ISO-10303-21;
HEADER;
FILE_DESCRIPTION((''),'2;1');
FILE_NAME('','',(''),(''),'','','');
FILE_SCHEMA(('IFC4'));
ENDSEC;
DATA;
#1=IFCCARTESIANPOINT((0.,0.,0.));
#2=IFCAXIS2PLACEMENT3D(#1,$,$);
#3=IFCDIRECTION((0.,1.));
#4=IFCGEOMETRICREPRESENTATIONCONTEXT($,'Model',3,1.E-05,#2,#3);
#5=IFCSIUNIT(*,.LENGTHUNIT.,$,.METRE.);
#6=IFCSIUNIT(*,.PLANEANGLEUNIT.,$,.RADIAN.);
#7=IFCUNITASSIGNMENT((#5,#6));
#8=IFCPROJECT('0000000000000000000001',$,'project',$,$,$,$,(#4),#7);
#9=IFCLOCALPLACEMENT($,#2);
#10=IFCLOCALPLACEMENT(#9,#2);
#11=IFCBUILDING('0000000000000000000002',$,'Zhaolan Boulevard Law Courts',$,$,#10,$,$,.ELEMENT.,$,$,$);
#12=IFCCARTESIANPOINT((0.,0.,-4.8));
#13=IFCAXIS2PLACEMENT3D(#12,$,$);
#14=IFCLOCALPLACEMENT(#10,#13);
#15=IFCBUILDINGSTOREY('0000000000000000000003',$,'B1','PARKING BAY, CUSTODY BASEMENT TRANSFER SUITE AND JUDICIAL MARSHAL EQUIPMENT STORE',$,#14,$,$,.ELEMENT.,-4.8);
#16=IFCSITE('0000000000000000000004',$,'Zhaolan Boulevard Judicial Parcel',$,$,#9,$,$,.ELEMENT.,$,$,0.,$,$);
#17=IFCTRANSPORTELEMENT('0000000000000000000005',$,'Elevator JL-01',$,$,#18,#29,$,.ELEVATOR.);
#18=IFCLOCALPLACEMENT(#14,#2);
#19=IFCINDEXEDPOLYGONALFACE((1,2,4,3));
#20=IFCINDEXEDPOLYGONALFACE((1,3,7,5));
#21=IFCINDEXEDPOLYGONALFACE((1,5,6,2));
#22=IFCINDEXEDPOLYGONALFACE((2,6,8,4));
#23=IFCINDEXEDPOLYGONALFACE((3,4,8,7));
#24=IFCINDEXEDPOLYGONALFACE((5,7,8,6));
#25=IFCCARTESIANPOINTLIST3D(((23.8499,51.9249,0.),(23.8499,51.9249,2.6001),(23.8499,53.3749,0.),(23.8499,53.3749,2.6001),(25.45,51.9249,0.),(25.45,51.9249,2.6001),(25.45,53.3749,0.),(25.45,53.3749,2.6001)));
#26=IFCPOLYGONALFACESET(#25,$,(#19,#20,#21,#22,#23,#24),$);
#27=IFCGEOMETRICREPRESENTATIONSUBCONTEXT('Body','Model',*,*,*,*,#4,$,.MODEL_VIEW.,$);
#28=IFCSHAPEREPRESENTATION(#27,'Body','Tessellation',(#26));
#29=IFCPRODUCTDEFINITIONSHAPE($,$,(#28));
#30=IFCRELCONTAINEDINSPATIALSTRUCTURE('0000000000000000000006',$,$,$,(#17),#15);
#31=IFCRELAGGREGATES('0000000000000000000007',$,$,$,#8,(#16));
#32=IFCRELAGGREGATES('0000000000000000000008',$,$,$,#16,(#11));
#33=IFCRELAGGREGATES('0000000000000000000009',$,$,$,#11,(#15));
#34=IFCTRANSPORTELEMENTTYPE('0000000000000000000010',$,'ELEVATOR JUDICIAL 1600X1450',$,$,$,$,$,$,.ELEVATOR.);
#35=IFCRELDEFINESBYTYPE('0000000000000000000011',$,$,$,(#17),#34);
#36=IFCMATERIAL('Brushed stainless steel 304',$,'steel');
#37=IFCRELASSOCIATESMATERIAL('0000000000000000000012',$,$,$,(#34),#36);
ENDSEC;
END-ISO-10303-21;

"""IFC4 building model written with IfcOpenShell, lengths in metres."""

from ifc_helpers import new_model, si_unit, direction, frame, origin, origin_2d, place, context, subcontext, project, spatial, rectangle, extrude, material, type_object, element, save


model = new_model("IFC4")

# Units and contexts
model_context = context("Model", 3, precision=1e-05, world=origin(), true_north=direction((0.0, 1.0)))
body_context = subcontext(model_context, "Body", "Model", "MODEL_VIEW")
ifc_project = project(units=[si_unit("LENGTHUNIT", "METRE"), si_unit("PLANEANGLEUNIT", "RADIAN")], contexts=[model_context])

# Site, building, storey
site_placement = place(None, origin())
site = spatial("IfcSite", under=ifc_project, at=site_placement, Name="Zhaolan Boulevard Judicial Parcel", CompositionType="ELEMENT", RefElevation=0.0)
building_placement = place(site_placement, origin())
building = spatial("IfcBuilding", under=site, at=building_placement, Name="Zhaolan Boulevard Law Courts", CompositionType="ELEMENT")
storey_placement = place(building_placement, frame((0.0, 0.0, -4.8)))
storey = spatial("IfcBuildingStorey", under=building, at=storey_placement, Name="B1", Description="PARKING BAY, CUSTODY BASEMENT TRANSFER SUITE AND JUDICIAL MARSHAL EQUIPMENT STORE", CompositionType="ELEMENT", Elevation=-4.8)

# Transport element
ifc_material_1 = material(Name="Brushed stainless steel 304", Category="steel")
transport_element_type = type_object("IfcTransportElementType", Name="ELEVATOR JUDICIAL 1600X1450", PredefinedType="ELEVATOR", material=ifc_material_1)
transport_element_placement = place(storey_placement, frame((24.6499, 52.6499, 0.0), z_axis=(0.0, 0.0, 1.0), x_axis=(1.0, 0.0, 0.0)))
element("IfcTransportElement", 1, at=transport_element_placement, inside=storey, type_object=transport_element_type, Name="Elevator JL-01", PredefinedType="ELEVATOR", context=body_context, shape_type="SweptSolid", body=[
    extrude(rectangle(XDim=1.6001, YDim=1.45, at=origin_2d()), origin(), (0.0, 0.0, 1.0), 2.6001),
])

save(model, "model.ifc")
